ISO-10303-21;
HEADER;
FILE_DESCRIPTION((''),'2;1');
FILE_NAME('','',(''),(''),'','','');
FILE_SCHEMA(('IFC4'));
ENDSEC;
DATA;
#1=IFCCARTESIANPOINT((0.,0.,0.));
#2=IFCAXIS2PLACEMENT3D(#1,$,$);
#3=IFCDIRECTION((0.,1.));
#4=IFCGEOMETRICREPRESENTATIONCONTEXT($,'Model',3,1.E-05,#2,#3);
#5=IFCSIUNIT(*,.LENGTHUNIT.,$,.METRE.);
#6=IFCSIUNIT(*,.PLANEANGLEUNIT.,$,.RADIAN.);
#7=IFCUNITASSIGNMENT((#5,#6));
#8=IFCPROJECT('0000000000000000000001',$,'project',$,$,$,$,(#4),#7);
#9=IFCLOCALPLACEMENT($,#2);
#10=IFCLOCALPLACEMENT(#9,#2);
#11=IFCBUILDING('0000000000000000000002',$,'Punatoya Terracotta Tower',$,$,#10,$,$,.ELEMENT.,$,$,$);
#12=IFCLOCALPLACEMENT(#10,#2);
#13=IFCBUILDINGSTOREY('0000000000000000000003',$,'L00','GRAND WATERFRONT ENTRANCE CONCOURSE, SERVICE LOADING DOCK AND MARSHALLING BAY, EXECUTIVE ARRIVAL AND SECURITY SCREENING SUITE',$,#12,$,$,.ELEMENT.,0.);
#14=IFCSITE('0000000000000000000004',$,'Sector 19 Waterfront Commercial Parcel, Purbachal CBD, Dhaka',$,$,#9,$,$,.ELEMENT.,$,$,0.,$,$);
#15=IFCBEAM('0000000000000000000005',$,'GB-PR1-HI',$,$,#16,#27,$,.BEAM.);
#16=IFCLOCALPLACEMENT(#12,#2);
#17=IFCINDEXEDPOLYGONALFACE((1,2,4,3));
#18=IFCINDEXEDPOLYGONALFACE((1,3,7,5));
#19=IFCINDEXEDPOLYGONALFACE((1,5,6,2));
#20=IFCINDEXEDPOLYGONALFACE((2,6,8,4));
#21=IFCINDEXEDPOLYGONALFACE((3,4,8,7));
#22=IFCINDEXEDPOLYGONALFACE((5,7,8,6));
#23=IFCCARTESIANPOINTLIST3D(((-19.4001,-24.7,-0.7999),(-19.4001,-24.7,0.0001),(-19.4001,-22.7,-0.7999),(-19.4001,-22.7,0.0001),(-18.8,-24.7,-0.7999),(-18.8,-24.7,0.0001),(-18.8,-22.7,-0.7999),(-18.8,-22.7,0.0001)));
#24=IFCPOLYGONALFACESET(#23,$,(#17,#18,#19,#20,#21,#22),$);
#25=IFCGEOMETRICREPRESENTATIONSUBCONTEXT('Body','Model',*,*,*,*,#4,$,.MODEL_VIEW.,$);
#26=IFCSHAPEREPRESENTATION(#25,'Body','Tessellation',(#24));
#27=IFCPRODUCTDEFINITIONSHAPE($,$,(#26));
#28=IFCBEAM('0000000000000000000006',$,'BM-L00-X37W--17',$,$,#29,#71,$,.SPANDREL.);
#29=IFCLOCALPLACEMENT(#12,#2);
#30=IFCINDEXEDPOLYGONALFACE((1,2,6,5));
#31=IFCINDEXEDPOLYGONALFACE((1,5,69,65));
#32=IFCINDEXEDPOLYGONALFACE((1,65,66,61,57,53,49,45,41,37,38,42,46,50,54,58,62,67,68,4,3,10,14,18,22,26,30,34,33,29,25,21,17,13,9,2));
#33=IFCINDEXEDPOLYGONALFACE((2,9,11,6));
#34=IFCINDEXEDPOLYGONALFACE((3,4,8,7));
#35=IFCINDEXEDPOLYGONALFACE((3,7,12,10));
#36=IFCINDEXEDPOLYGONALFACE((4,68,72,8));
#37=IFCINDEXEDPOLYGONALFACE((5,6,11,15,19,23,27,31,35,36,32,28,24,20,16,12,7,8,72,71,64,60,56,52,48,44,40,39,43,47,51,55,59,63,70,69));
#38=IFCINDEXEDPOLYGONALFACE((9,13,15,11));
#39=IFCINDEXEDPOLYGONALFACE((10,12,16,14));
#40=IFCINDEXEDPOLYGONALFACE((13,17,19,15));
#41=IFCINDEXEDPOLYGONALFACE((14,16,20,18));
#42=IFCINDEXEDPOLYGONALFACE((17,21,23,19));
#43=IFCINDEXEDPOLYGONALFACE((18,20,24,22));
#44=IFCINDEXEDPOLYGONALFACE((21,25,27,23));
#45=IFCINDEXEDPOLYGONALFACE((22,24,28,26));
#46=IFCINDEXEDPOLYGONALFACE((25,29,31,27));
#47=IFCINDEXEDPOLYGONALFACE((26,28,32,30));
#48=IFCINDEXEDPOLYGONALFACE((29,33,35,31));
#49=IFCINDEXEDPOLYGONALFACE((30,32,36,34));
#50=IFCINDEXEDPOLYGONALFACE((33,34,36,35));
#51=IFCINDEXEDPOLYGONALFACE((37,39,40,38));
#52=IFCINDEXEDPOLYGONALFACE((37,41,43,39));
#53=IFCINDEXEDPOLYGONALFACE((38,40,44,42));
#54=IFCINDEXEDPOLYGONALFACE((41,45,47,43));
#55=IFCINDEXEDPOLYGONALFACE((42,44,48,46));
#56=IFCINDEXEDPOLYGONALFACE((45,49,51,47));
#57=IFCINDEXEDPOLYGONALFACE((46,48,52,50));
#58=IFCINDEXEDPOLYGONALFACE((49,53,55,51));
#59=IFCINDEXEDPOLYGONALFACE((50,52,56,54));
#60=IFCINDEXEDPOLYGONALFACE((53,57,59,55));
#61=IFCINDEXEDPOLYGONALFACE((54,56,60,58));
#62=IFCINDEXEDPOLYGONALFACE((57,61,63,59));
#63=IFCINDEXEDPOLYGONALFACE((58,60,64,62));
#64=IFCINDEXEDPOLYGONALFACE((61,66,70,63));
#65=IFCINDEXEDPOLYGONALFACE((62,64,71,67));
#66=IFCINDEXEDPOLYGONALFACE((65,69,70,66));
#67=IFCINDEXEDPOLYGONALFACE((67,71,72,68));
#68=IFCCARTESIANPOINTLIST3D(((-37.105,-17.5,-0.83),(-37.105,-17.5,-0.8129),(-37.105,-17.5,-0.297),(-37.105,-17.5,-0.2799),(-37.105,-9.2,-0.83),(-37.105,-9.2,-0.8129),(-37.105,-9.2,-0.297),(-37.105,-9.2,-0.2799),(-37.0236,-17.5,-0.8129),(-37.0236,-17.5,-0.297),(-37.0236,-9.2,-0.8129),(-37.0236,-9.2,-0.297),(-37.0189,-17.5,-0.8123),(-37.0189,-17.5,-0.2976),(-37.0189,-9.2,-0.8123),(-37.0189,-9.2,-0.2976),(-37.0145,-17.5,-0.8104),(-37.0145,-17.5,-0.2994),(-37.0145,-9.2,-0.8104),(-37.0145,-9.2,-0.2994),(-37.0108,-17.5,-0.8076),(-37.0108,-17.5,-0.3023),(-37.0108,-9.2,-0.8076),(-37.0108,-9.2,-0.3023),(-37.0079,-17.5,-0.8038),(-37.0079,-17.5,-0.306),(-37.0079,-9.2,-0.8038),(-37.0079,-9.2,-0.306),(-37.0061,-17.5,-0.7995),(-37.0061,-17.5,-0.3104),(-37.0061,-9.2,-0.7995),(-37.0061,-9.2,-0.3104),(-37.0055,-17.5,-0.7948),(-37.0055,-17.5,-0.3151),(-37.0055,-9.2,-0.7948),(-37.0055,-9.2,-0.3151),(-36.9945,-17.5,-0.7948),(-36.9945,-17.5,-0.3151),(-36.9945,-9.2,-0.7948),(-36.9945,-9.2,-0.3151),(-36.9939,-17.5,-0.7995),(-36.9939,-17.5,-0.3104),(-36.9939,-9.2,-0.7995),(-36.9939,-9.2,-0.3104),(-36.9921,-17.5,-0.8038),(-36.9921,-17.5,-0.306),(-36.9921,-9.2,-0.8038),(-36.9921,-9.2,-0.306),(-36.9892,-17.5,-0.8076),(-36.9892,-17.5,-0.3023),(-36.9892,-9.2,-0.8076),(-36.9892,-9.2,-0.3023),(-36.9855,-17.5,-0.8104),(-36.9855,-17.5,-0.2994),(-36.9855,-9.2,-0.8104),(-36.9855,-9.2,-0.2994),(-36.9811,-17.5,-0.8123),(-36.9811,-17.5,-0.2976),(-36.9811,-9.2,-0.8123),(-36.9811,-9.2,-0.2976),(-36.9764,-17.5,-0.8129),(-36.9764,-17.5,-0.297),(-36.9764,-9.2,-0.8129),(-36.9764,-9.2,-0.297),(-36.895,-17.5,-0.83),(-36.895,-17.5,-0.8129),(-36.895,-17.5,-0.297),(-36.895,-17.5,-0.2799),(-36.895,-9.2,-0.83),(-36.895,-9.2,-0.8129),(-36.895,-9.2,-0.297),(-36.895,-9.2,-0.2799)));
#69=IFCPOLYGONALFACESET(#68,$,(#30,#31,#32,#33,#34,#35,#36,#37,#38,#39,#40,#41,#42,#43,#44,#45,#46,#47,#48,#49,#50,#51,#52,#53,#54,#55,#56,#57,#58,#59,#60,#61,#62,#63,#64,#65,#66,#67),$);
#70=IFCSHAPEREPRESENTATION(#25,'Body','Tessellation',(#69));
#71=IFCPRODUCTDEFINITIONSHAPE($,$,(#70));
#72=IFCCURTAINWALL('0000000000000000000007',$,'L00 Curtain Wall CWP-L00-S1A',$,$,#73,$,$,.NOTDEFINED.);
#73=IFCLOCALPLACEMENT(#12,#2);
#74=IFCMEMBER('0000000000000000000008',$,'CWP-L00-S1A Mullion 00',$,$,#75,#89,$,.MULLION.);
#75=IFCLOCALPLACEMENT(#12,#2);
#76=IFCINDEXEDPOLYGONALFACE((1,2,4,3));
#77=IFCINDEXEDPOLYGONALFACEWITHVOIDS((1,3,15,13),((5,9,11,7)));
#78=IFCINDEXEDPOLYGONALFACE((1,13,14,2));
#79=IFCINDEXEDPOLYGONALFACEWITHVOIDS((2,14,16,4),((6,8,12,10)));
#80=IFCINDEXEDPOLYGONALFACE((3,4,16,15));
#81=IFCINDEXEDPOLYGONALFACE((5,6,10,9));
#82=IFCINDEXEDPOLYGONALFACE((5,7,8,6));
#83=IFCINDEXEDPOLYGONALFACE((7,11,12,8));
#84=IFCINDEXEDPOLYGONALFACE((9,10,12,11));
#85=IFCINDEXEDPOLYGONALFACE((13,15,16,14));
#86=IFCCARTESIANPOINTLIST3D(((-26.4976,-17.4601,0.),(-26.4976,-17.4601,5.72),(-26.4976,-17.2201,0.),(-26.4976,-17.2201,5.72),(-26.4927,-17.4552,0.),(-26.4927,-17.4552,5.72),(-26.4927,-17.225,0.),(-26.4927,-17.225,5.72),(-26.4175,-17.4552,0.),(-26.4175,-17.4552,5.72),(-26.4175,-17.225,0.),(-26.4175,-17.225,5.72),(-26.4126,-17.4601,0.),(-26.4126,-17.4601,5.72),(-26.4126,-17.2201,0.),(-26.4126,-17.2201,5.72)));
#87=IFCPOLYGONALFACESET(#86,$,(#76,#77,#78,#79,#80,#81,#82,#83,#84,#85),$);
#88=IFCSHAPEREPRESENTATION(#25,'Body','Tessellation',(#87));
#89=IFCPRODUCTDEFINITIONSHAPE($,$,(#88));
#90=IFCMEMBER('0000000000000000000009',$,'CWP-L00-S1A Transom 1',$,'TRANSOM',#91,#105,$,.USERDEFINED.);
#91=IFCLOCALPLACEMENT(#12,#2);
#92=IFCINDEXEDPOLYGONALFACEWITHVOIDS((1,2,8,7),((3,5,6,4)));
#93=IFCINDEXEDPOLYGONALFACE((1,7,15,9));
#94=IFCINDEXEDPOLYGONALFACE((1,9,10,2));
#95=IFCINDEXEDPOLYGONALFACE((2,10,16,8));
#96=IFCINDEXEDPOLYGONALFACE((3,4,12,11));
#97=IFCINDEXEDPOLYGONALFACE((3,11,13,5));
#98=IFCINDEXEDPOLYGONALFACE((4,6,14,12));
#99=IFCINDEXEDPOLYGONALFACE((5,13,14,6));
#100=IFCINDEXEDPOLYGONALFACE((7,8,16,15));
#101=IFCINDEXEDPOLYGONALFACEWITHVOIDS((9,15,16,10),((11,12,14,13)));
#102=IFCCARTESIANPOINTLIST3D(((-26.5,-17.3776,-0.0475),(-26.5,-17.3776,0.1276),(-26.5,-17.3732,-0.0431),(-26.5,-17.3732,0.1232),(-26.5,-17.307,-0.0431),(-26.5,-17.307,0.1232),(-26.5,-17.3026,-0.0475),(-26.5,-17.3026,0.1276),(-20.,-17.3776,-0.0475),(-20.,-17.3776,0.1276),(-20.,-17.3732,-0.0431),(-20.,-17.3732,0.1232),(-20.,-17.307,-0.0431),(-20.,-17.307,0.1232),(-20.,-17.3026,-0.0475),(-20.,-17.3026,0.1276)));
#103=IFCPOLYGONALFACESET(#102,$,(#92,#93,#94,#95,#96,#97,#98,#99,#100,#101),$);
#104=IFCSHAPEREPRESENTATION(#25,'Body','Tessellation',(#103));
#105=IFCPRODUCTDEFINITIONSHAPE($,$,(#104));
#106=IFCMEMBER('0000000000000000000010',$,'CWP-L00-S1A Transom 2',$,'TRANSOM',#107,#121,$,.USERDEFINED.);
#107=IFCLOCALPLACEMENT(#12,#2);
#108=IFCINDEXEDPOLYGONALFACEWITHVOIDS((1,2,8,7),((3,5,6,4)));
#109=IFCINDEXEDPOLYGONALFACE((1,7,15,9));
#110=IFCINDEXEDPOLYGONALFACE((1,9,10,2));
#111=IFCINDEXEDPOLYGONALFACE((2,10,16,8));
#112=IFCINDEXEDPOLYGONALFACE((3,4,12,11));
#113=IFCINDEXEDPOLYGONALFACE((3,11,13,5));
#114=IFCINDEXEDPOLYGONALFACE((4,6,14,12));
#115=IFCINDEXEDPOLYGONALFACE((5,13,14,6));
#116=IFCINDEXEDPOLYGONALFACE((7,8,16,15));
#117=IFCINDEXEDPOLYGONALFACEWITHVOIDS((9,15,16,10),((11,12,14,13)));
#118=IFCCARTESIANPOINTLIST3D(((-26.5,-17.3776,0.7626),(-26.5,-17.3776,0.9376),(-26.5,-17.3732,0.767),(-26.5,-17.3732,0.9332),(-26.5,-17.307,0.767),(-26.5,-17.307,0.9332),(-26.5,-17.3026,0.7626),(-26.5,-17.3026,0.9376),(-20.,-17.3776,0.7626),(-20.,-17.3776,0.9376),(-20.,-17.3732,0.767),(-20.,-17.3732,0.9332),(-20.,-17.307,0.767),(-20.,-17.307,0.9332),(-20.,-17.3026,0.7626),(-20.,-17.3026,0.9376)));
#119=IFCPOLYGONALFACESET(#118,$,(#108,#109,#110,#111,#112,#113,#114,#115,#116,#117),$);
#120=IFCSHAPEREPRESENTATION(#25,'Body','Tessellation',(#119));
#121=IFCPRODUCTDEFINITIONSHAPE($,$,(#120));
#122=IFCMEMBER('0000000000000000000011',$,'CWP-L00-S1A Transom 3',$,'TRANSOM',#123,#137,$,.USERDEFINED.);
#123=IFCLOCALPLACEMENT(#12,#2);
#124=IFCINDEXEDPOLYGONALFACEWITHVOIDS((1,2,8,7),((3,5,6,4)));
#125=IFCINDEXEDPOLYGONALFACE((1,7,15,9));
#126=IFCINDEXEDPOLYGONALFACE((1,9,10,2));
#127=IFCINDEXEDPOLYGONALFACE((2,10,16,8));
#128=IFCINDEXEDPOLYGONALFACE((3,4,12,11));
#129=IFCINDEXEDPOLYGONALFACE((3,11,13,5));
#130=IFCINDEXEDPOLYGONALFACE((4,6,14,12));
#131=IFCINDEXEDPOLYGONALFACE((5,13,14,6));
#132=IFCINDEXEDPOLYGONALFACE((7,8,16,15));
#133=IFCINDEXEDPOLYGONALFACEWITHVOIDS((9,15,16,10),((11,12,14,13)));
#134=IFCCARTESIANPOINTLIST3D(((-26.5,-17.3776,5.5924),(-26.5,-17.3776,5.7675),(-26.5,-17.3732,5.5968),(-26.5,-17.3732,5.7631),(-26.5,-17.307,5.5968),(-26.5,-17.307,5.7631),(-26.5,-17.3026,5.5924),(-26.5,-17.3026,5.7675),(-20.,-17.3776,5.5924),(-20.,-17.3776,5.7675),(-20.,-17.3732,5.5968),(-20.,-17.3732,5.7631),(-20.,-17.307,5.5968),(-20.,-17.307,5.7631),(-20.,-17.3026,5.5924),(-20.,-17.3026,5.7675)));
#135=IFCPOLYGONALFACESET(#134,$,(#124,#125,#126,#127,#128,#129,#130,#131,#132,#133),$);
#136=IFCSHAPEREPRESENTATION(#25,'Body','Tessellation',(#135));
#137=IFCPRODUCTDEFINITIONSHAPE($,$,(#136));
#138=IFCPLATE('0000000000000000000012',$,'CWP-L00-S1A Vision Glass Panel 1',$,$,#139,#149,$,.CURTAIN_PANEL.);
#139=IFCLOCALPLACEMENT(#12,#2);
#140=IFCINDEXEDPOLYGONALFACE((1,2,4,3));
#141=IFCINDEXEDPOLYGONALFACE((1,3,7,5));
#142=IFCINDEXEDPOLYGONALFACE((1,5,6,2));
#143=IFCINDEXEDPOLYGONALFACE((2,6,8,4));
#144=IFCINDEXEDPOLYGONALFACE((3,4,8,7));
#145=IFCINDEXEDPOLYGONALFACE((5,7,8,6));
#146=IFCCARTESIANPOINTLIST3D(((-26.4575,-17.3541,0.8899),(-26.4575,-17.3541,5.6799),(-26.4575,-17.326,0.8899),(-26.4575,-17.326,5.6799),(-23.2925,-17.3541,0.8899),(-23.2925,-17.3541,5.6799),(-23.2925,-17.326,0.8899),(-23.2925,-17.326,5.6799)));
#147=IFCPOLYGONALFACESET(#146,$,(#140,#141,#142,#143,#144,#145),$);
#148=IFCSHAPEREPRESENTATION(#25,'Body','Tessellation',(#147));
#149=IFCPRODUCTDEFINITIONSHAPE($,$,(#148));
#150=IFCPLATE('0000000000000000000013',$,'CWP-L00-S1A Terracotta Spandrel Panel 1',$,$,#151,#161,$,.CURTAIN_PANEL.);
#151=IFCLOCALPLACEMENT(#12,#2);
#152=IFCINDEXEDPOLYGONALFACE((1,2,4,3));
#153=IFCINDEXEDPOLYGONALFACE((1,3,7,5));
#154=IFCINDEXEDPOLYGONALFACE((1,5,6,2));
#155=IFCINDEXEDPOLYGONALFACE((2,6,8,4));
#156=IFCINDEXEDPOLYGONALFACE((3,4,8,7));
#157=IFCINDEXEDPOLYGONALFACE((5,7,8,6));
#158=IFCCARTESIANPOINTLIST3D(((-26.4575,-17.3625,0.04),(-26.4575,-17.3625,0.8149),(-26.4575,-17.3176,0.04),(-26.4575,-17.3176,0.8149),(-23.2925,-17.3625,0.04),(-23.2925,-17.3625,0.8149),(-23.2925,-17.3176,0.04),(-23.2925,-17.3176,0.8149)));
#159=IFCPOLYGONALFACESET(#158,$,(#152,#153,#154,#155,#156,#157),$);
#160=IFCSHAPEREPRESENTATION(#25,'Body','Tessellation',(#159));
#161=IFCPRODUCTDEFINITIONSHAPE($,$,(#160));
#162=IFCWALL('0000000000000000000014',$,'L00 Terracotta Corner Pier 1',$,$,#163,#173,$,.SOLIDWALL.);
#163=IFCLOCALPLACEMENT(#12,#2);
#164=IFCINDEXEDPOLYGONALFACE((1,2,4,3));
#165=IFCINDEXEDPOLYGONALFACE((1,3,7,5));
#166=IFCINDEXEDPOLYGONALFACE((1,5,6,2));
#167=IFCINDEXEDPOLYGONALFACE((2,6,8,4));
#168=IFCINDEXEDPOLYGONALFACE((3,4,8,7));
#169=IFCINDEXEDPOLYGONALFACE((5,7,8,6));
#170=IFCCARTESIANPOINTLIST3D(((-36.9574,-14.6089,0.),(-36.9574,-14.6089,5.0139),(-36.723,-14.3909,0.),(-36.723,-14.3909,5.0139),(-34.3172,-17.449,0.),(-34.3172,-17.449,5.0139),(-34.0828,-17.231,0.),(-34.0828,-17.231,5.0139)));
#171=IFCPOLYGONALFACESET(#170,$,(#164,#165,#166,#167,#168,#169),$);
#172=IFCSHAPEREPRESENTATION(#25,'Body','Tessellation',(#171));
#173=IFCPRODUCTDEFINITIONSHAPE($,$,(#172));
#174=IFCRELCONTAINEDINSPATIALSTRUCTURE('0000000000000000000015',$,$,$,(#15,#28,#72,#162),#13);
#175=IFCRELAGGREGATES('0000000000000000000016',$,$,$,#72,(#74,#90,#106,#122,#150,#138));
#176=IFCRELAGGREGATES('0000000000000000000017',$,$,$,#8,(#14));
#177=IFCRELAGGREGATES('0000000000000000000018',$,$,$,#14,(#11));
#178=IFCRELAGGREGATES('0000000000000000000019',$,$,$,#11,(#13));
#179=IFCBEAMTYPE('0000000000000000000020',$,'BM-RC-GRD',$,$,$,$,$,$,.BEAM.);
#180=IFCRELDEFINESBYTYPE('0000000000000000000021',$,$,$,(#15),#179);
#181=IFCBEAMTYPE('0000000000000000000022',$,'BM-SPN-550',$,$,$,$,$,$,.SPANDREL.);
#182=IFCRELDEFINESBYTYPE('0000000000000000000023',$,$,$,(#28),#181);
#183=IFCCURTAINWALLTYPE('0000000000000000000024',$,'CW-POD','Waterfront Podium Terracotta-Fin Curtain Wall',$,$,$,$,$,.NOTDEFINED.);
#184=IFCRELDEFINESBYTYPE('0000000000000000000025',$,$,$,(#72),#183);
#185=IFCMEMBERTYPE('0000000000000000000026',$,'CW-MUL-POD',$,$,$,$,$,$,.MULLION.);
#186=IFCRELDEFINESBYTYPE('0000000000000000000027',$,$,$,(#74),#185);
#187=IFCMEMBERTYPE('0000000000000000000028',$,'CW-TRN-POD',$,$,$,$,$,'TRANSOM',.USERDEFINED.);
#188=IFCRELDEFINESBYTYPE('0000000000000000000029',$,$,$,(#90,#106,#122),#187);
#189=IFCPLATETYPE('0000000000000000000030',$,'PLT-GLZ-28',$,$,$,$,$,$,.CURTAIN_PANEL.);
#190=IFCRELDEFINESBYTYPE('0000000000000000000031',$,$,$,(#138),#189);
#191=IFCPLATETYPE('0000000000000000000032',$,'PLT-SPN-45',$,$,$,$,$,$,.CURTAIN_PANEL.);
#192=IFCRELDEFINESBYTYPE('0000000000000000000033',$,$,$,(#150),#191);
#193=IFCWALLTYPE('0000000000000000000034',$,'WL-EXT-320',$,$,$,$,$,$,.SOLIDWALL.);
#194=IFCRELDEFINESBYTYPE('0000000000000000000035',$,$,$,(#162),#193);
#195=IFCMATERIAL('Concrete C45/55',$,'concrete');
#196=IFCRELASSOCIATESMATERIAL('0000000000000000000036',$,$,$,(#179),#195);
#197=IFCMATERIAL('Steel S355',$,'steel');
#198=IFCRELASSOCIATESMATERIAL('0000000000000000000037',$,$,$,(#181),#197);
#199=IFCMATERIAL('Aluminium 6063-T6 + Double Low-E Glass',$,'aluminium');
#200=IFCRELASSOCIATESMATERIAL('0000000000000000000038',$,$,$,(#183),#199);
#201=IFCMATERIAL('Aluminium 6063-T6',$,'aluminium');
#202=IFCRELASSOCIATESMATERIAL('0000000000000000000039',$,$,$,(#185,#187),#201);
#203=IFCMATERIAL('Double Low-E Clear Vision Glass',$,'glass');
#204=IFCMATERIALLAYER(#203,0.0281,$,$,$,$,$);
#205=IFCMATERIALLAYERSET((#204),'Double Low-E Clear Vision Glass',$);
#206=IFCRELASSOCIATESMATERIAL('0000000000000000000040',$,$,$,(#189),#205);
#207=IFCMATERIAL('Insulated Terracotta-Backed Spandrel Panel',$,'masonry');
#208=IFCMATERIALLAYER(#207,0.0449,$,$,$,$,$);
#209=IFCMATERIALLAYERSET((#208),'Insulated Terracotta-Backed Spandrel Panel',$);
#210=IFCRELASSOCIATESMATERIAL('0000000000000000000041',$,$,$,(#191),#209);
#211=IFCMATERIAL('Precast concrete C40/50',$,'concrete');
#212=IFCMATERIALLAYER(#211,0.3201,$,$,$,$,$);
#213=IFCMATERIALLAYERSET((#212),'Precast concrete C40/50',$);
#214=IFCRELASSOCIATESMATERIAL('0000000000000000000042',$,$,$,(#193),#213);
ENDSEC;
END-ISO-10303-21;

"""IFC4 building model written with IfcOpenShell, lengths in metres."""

from ifc_helpers import new_model, si_unit, direction, frame, frame_2d, origin, origin_2d, place, context, subcontext, project, spatial, rectangle, hollow_rectangle, i_section, extrude, material, layer, layer_set, material_profile, profile_set, type_object, element, aggregate, save


model = new_model("IFC4")

# Units and contexts
model_context = context("Model", 3, precision=1e-05, world=origin(), true_north=direction((0.0, 1.0)))
body_context = subcontext(model_context, "Body", "Model", "MODEL_VIEW")
ifc_project = project(units=[si_unit("LENGTHUNIT", "METRE"), si_unit("PLANEANGLEUNIT", "RADIAN")], contexts=[model_context])

# Site, building, storey
site_placement = place(None, origin())
site = spatial("IfcSite", under=ifc_project, at=site_placement, Name="Sector 19 Waterfront Commercial Parcel, Purbachal CBD, Dhaka", CompositionType="ELEMENT", RefElevation=0.0)
building_placement = place(site_placement, origin())
building = spatial("IfcBuilding", under=site, at=building_placement, Name="Punatoya Terracotta Tower", CompositionType="ELEMENT")
storey_placement = place(building_placement, origin())
storey = spatial("IfcBuildingStorey", under=building, at=storey_placement, Name="L00", Description="GRAND WATERFRONT ENTRANCE CONCOURSE, SERVICE LOADING DOCK AND MARSHALLING BAY, EXECUTIVE ARRIVAL AND SECURITY SCREENING SUITE", CompositionType="ELEMENT", Elevation=0.0)

# Beams
ifc_material_1 = material(Name="Steel S355", Category="steel")
ifc_material_2 = material(Name="Concrete C45/55", Category="concrete")
ifc_material_profile_1 = material_profile(ifc_material_2, rectangle(XDim=0.6001, YDim=0.8, at=origin_2d()))
ifc_profile_set_1 = profile_set([ifc_material_profile_1], Name="Concrete C45/55")
beam_type_1 = type_object("IfcBeamType", Name="BM-RC-GRD", PredefinedType="BEAM", material=ifc_profile_set_1)
for number, where, z_axis, x_axis, name in (
    (1, (-19.1001, -24.7, -0.3999), (0.0, 1.0, 0.0), (-1.0, 0.0, 0.0), "GB-PR1-HI"),
):
    element("IfcBeam", number, at=place(storey_placement, frame(where, z_axis=z_axis, x_axis=x_axis)), inside=storey, type_object=beam_type_1, Name=name, PredefinedType="BEAM", context=body_context, shape_type="SweptSolid", body=[
        extrude(rectangle(XDim=0.6001, YDim=0.8, at=origin_2d()), origin(), (0.0, 0.0, 1.0), 2.0),
    ])
ifc_material_profile_2 = material_profile(ifc_material_1, i_section(OverallWidth=0.21, OverallDepth=0.55, WebThickness=0.011, FlangeThickness=0.0171, FilletRadius=0.0181, at=origin_2d()))
ifc_profile_set_2 = profile_set([ifc_material_profile_2], Name="Steel S355")
beam_type_2 = type_object("IfcBeamType", Name="BM-SPN-550", PredefinedType="SPANDREL", material=ifc_profile_set_2)
beam_1_placement = place(storey_placement, frame((-37.0, -17.5, -0.5549), z_axis=(0.0, 1.0, 0.0), x_axis=(-1.0, 0.0, 0.0)))
element("IfcBeam", 2, at=beam_1_placement, inside=storey, type_object=beam_type_2, Name="BM-L00-X37W--17", PredefinedType="SPANDREL", context=body_context, shape_type="SweptSolid", body=[
    extrude(i_section(OverallWidth=0.21, OverallDepth=0.55, WebThickness=0.011, FlangeThickness=0.0171, FilletRadius=0.0181, at=origin_2d()), origin(), (0.0, 0.0, 1.0), 8.3),
])

# Curtain wall, members, plates
ifc_material_3 = material(Name="Aluminium 6063-T6 + Double Low-E Glass", Category="aluminium")
curtain_wall_type = type_object("IfcCurtainWallType", Name="CW-POD", Description="Waterfront Podium Terracotta-Fin Curtain Wall", PredefinedType="NOTDEFINED", material=ifc_material_3)
curtain_wall_placement = place(storey_placement, origin())
curtain_wall = element("IfcCurtainWall", 3, at=curtain_wall_placement, inside=storey, type_object=curtain_wall_type, Name="L00 Curtain Wall CWP-L00-S1A", PredefinedType="NOTDEFINED")
ifc_material_4 = material(Name="Aluminium 6063-T6", Category="aluminium")
ifc_material_profile_3 = material_profile(ifc_material_4, hollow_rectangle(XDim=0.085, YDim=0.24, WallThickness=0.0049, at=origin_2d()))
ifc_profile_set_3 = profile_set([ifc_material_profile_3], Name="Aluminium 6063-T6")
member_type_1 = type_object("IfcMemberType", Name="CW-MUL-POD", PredefinedType="MULLION", material=ifc_profile_set_3)
member_1_placement = place(storey_placement, frame((-26.4551, -17.3401, 0.0), z_axis=(0.0, 0.0, 1.0), x_axis=(1.0, 0.0, 0.0)))
member_1 = element("IfcMember", 4, at=member_1_placement, type_object=member_type_1, Name="CWP-L00-S1A Mullion 00", PredefinedType="MULLION", context=body_context, shape_type="SweptSolid", body=[
    extrude(hollow_rectangle(XDim=0.085, YDim=0.24, WallThickness=0.0049, at=origin_2d()), origin(), (0.0, 0.0, 1.0), 5.72),
])
ifc_material_profile_4 = material_profile(ifc_material_4, hollow_rectangle(XDim=0.075, YDim=0.175, WallThickness=0.0044, at=origin_2d()))
ifc_profile_set_4 = profile_set([ifc_material_profile_4], Name="Aluminium 6063-T6")
member_type_2 = type_object("IfcMemberType", Name="CW-TRN-POD", ElementType="TRANSOM", PredefinedType="USERDEFINED", material=ifc_profile_set_4)
member_2_placement = place(storey_placement, frame((-26.5, -17.3401, 0.04), z_axis=(1.0, 0.0, 0.0), x_axis=(0.0, 1.0, 0.0)))
member_2 = element("IfcMember", 5, at=member_2_placement, type_object=member_type_2, Name="CWP-L00-S1A Transom 1", ObjectType="TRANSOM", PredefinedType="USERDEFINED", context=body_context, shape_type="SweptSolid", body=[
    extrude(hollow_rectangle(XDim=0.075, YDim=0.175, WallThickness=0.0044, at=origin_2d()), origin(), (0.0, 0.0, 1.0), 6.5),
])
member_3_placement = place(storey_placement, frame((-26.5, -17.3401, 0.8501), z_axis=(1.0, 0.0, 0.0), x_axis=(0.0, 1.0, 0.0)))
member_3 = element("IfcMember", 6, at=member_3_placement, type_object=member_type_2, Name="CWP-L00-S1A Transom 2", ObjectType="TRANSOM", PredefinedType="USERDEFINED", context=body_context, shape_type="SweptSolid", body=[
    extrude(hollow_rectangle(XDim=0.075, YDim=0.175, WallThickness=0.0044, at=origin_2d()), origin(), (0.0, 0.0, 1.0), 6.5),
])
member_4_placement = place(storey_placement, frame((-26.5, -17.3401, 5.6799), z_axis=(1.0, 0.0, 0.0), x_axis=(0.0, 1.0, 0.0)))
member_4 = element("IfcMember", 7, at=member_4_placement, type_object=member_type_2, Name="CWP-L00-S1A Transom 3", ObjectType="TRANSOM", PredefinedType="USERDEFINED", context=body_context, shape_type="SweptSolid", body=[
    extrude(hollow_rectangle(XDim=0.075, YDim=0.175, WallThickness=0.0044, at=origin_2d()), origin(), (0.0, 0.0, 1.0), 6.5),
])
ifc_material_5 = material(Name="Double Low-E Clear Vision Glass", Category="glass")
ifc_layer_1 = layer(ifc_material_5, 0.0281)
ifc_layer_set_1 = layer_set([ifc_layer_1], Name="Double Low-E Clear Vision Glass")
plate_type_1 = type_object("IfcPlateType", Name="PLT-GLZ-28", PredefinedType="CURTAIN_PANEL", material=ifc_layer_set_1)
plate_1_placement = place(storey_placement, frame((-24.875, -17.3401, 0.8899), z_axis=(0.0, 0.0, 1.0), x_axis=(1.0, 0.0, 0.0)))
plate_1 = element("IfcPlate", 8, at=plate_1_placement, type_object=plate_type_1, Name="CWP-L00-S1A Vision Glass Panel 1", PredefinedType="CURTAIN_PANEL", context=body_context, shape_type="SweptSolid", body=[
    extrude(rectangle(XDim=3.165, YDim=0.0281, at=origin_2d()), origin(), (0.0, 0.0, 1.0), 4.79),
])
ifc_material_6 = material(Name="Insulated Terracotta-Backed Spandrel Panel", Category="masonry")
ifc_layer_2 = layer(ifc_material_6, 0.0449)
ifc_layer_set_2 = layer_set([ifc_layer_2], Name="Insulated Terracotta-Backed Spandrel Panel")
plate_type_2 = type_object("IfcPlateType", Name="PLT-SPN-45", PredefinedType="CURTAIN_PANEL", material=ifc_layer_set_2)
plate_2_placement = place(storey_placement, frame((-24.875, -17.3401, 0.04), z_axis=(0.0, 0.0, 1.0), x_axis=(1.0, 0.0, 0.0)))
plate_2 = element("IfcPlate", 9, at=plate_2_placement, type_object=plate_type_2, Name="CWP-L00-S1A Terracotta Spandrel Panel 1", PredefinedType="CURTAIN_PANEL", context=body_context, shape_type="SweptSolid", body=[
    extrude(rectangle(XDim=3.165, YDim=0.0449, at=origin_2d()), origin(), (0.0, 0.0, 1.0), 0.7749),
])
aggregate(curtain_wall, [member_1, member_2, member_3, member_4, plate_2, plate_1])

# Shared definitions
ifc_material_7 = material(Name="Precast concrete C40/50", Category="concrete")
ifc_layer_3 = layer(ifc_material_7, 0.3201)
ifc_layer_set_3 = layer_set([ifc_layer_3], Name="Precast concrete C40/50")
wall_type = type_object("IfcWallType", Name="WL-EXT-320", PredefinedType="SOLIDWALL", material=ifc_layer_set_3)

# Wall
wall_1_placement = place(storey_placement, frame((-34.2, -17.3401, 0.0), z_axis=(0.0, 0.0, 1.0), x_axis=(-0.680854, 0.732419, 0.0)))
element("IfcWall", 10, at=wall_1_placement, inside=storey, type_object=wall_type, Name="L00 Terracotta Corner Pier 1", PredefinedType="SOLIDWALL", context=body_context, shape_type="SweptSolid", body=[
    extrude(rectangle(XDim=3.8777, YDim=0.3201, at=frame_2d((1.939, 0.0))), origin(), (0.0, 0.0, 1.0), 5.0139),
])

save(model, "model.ifc")
